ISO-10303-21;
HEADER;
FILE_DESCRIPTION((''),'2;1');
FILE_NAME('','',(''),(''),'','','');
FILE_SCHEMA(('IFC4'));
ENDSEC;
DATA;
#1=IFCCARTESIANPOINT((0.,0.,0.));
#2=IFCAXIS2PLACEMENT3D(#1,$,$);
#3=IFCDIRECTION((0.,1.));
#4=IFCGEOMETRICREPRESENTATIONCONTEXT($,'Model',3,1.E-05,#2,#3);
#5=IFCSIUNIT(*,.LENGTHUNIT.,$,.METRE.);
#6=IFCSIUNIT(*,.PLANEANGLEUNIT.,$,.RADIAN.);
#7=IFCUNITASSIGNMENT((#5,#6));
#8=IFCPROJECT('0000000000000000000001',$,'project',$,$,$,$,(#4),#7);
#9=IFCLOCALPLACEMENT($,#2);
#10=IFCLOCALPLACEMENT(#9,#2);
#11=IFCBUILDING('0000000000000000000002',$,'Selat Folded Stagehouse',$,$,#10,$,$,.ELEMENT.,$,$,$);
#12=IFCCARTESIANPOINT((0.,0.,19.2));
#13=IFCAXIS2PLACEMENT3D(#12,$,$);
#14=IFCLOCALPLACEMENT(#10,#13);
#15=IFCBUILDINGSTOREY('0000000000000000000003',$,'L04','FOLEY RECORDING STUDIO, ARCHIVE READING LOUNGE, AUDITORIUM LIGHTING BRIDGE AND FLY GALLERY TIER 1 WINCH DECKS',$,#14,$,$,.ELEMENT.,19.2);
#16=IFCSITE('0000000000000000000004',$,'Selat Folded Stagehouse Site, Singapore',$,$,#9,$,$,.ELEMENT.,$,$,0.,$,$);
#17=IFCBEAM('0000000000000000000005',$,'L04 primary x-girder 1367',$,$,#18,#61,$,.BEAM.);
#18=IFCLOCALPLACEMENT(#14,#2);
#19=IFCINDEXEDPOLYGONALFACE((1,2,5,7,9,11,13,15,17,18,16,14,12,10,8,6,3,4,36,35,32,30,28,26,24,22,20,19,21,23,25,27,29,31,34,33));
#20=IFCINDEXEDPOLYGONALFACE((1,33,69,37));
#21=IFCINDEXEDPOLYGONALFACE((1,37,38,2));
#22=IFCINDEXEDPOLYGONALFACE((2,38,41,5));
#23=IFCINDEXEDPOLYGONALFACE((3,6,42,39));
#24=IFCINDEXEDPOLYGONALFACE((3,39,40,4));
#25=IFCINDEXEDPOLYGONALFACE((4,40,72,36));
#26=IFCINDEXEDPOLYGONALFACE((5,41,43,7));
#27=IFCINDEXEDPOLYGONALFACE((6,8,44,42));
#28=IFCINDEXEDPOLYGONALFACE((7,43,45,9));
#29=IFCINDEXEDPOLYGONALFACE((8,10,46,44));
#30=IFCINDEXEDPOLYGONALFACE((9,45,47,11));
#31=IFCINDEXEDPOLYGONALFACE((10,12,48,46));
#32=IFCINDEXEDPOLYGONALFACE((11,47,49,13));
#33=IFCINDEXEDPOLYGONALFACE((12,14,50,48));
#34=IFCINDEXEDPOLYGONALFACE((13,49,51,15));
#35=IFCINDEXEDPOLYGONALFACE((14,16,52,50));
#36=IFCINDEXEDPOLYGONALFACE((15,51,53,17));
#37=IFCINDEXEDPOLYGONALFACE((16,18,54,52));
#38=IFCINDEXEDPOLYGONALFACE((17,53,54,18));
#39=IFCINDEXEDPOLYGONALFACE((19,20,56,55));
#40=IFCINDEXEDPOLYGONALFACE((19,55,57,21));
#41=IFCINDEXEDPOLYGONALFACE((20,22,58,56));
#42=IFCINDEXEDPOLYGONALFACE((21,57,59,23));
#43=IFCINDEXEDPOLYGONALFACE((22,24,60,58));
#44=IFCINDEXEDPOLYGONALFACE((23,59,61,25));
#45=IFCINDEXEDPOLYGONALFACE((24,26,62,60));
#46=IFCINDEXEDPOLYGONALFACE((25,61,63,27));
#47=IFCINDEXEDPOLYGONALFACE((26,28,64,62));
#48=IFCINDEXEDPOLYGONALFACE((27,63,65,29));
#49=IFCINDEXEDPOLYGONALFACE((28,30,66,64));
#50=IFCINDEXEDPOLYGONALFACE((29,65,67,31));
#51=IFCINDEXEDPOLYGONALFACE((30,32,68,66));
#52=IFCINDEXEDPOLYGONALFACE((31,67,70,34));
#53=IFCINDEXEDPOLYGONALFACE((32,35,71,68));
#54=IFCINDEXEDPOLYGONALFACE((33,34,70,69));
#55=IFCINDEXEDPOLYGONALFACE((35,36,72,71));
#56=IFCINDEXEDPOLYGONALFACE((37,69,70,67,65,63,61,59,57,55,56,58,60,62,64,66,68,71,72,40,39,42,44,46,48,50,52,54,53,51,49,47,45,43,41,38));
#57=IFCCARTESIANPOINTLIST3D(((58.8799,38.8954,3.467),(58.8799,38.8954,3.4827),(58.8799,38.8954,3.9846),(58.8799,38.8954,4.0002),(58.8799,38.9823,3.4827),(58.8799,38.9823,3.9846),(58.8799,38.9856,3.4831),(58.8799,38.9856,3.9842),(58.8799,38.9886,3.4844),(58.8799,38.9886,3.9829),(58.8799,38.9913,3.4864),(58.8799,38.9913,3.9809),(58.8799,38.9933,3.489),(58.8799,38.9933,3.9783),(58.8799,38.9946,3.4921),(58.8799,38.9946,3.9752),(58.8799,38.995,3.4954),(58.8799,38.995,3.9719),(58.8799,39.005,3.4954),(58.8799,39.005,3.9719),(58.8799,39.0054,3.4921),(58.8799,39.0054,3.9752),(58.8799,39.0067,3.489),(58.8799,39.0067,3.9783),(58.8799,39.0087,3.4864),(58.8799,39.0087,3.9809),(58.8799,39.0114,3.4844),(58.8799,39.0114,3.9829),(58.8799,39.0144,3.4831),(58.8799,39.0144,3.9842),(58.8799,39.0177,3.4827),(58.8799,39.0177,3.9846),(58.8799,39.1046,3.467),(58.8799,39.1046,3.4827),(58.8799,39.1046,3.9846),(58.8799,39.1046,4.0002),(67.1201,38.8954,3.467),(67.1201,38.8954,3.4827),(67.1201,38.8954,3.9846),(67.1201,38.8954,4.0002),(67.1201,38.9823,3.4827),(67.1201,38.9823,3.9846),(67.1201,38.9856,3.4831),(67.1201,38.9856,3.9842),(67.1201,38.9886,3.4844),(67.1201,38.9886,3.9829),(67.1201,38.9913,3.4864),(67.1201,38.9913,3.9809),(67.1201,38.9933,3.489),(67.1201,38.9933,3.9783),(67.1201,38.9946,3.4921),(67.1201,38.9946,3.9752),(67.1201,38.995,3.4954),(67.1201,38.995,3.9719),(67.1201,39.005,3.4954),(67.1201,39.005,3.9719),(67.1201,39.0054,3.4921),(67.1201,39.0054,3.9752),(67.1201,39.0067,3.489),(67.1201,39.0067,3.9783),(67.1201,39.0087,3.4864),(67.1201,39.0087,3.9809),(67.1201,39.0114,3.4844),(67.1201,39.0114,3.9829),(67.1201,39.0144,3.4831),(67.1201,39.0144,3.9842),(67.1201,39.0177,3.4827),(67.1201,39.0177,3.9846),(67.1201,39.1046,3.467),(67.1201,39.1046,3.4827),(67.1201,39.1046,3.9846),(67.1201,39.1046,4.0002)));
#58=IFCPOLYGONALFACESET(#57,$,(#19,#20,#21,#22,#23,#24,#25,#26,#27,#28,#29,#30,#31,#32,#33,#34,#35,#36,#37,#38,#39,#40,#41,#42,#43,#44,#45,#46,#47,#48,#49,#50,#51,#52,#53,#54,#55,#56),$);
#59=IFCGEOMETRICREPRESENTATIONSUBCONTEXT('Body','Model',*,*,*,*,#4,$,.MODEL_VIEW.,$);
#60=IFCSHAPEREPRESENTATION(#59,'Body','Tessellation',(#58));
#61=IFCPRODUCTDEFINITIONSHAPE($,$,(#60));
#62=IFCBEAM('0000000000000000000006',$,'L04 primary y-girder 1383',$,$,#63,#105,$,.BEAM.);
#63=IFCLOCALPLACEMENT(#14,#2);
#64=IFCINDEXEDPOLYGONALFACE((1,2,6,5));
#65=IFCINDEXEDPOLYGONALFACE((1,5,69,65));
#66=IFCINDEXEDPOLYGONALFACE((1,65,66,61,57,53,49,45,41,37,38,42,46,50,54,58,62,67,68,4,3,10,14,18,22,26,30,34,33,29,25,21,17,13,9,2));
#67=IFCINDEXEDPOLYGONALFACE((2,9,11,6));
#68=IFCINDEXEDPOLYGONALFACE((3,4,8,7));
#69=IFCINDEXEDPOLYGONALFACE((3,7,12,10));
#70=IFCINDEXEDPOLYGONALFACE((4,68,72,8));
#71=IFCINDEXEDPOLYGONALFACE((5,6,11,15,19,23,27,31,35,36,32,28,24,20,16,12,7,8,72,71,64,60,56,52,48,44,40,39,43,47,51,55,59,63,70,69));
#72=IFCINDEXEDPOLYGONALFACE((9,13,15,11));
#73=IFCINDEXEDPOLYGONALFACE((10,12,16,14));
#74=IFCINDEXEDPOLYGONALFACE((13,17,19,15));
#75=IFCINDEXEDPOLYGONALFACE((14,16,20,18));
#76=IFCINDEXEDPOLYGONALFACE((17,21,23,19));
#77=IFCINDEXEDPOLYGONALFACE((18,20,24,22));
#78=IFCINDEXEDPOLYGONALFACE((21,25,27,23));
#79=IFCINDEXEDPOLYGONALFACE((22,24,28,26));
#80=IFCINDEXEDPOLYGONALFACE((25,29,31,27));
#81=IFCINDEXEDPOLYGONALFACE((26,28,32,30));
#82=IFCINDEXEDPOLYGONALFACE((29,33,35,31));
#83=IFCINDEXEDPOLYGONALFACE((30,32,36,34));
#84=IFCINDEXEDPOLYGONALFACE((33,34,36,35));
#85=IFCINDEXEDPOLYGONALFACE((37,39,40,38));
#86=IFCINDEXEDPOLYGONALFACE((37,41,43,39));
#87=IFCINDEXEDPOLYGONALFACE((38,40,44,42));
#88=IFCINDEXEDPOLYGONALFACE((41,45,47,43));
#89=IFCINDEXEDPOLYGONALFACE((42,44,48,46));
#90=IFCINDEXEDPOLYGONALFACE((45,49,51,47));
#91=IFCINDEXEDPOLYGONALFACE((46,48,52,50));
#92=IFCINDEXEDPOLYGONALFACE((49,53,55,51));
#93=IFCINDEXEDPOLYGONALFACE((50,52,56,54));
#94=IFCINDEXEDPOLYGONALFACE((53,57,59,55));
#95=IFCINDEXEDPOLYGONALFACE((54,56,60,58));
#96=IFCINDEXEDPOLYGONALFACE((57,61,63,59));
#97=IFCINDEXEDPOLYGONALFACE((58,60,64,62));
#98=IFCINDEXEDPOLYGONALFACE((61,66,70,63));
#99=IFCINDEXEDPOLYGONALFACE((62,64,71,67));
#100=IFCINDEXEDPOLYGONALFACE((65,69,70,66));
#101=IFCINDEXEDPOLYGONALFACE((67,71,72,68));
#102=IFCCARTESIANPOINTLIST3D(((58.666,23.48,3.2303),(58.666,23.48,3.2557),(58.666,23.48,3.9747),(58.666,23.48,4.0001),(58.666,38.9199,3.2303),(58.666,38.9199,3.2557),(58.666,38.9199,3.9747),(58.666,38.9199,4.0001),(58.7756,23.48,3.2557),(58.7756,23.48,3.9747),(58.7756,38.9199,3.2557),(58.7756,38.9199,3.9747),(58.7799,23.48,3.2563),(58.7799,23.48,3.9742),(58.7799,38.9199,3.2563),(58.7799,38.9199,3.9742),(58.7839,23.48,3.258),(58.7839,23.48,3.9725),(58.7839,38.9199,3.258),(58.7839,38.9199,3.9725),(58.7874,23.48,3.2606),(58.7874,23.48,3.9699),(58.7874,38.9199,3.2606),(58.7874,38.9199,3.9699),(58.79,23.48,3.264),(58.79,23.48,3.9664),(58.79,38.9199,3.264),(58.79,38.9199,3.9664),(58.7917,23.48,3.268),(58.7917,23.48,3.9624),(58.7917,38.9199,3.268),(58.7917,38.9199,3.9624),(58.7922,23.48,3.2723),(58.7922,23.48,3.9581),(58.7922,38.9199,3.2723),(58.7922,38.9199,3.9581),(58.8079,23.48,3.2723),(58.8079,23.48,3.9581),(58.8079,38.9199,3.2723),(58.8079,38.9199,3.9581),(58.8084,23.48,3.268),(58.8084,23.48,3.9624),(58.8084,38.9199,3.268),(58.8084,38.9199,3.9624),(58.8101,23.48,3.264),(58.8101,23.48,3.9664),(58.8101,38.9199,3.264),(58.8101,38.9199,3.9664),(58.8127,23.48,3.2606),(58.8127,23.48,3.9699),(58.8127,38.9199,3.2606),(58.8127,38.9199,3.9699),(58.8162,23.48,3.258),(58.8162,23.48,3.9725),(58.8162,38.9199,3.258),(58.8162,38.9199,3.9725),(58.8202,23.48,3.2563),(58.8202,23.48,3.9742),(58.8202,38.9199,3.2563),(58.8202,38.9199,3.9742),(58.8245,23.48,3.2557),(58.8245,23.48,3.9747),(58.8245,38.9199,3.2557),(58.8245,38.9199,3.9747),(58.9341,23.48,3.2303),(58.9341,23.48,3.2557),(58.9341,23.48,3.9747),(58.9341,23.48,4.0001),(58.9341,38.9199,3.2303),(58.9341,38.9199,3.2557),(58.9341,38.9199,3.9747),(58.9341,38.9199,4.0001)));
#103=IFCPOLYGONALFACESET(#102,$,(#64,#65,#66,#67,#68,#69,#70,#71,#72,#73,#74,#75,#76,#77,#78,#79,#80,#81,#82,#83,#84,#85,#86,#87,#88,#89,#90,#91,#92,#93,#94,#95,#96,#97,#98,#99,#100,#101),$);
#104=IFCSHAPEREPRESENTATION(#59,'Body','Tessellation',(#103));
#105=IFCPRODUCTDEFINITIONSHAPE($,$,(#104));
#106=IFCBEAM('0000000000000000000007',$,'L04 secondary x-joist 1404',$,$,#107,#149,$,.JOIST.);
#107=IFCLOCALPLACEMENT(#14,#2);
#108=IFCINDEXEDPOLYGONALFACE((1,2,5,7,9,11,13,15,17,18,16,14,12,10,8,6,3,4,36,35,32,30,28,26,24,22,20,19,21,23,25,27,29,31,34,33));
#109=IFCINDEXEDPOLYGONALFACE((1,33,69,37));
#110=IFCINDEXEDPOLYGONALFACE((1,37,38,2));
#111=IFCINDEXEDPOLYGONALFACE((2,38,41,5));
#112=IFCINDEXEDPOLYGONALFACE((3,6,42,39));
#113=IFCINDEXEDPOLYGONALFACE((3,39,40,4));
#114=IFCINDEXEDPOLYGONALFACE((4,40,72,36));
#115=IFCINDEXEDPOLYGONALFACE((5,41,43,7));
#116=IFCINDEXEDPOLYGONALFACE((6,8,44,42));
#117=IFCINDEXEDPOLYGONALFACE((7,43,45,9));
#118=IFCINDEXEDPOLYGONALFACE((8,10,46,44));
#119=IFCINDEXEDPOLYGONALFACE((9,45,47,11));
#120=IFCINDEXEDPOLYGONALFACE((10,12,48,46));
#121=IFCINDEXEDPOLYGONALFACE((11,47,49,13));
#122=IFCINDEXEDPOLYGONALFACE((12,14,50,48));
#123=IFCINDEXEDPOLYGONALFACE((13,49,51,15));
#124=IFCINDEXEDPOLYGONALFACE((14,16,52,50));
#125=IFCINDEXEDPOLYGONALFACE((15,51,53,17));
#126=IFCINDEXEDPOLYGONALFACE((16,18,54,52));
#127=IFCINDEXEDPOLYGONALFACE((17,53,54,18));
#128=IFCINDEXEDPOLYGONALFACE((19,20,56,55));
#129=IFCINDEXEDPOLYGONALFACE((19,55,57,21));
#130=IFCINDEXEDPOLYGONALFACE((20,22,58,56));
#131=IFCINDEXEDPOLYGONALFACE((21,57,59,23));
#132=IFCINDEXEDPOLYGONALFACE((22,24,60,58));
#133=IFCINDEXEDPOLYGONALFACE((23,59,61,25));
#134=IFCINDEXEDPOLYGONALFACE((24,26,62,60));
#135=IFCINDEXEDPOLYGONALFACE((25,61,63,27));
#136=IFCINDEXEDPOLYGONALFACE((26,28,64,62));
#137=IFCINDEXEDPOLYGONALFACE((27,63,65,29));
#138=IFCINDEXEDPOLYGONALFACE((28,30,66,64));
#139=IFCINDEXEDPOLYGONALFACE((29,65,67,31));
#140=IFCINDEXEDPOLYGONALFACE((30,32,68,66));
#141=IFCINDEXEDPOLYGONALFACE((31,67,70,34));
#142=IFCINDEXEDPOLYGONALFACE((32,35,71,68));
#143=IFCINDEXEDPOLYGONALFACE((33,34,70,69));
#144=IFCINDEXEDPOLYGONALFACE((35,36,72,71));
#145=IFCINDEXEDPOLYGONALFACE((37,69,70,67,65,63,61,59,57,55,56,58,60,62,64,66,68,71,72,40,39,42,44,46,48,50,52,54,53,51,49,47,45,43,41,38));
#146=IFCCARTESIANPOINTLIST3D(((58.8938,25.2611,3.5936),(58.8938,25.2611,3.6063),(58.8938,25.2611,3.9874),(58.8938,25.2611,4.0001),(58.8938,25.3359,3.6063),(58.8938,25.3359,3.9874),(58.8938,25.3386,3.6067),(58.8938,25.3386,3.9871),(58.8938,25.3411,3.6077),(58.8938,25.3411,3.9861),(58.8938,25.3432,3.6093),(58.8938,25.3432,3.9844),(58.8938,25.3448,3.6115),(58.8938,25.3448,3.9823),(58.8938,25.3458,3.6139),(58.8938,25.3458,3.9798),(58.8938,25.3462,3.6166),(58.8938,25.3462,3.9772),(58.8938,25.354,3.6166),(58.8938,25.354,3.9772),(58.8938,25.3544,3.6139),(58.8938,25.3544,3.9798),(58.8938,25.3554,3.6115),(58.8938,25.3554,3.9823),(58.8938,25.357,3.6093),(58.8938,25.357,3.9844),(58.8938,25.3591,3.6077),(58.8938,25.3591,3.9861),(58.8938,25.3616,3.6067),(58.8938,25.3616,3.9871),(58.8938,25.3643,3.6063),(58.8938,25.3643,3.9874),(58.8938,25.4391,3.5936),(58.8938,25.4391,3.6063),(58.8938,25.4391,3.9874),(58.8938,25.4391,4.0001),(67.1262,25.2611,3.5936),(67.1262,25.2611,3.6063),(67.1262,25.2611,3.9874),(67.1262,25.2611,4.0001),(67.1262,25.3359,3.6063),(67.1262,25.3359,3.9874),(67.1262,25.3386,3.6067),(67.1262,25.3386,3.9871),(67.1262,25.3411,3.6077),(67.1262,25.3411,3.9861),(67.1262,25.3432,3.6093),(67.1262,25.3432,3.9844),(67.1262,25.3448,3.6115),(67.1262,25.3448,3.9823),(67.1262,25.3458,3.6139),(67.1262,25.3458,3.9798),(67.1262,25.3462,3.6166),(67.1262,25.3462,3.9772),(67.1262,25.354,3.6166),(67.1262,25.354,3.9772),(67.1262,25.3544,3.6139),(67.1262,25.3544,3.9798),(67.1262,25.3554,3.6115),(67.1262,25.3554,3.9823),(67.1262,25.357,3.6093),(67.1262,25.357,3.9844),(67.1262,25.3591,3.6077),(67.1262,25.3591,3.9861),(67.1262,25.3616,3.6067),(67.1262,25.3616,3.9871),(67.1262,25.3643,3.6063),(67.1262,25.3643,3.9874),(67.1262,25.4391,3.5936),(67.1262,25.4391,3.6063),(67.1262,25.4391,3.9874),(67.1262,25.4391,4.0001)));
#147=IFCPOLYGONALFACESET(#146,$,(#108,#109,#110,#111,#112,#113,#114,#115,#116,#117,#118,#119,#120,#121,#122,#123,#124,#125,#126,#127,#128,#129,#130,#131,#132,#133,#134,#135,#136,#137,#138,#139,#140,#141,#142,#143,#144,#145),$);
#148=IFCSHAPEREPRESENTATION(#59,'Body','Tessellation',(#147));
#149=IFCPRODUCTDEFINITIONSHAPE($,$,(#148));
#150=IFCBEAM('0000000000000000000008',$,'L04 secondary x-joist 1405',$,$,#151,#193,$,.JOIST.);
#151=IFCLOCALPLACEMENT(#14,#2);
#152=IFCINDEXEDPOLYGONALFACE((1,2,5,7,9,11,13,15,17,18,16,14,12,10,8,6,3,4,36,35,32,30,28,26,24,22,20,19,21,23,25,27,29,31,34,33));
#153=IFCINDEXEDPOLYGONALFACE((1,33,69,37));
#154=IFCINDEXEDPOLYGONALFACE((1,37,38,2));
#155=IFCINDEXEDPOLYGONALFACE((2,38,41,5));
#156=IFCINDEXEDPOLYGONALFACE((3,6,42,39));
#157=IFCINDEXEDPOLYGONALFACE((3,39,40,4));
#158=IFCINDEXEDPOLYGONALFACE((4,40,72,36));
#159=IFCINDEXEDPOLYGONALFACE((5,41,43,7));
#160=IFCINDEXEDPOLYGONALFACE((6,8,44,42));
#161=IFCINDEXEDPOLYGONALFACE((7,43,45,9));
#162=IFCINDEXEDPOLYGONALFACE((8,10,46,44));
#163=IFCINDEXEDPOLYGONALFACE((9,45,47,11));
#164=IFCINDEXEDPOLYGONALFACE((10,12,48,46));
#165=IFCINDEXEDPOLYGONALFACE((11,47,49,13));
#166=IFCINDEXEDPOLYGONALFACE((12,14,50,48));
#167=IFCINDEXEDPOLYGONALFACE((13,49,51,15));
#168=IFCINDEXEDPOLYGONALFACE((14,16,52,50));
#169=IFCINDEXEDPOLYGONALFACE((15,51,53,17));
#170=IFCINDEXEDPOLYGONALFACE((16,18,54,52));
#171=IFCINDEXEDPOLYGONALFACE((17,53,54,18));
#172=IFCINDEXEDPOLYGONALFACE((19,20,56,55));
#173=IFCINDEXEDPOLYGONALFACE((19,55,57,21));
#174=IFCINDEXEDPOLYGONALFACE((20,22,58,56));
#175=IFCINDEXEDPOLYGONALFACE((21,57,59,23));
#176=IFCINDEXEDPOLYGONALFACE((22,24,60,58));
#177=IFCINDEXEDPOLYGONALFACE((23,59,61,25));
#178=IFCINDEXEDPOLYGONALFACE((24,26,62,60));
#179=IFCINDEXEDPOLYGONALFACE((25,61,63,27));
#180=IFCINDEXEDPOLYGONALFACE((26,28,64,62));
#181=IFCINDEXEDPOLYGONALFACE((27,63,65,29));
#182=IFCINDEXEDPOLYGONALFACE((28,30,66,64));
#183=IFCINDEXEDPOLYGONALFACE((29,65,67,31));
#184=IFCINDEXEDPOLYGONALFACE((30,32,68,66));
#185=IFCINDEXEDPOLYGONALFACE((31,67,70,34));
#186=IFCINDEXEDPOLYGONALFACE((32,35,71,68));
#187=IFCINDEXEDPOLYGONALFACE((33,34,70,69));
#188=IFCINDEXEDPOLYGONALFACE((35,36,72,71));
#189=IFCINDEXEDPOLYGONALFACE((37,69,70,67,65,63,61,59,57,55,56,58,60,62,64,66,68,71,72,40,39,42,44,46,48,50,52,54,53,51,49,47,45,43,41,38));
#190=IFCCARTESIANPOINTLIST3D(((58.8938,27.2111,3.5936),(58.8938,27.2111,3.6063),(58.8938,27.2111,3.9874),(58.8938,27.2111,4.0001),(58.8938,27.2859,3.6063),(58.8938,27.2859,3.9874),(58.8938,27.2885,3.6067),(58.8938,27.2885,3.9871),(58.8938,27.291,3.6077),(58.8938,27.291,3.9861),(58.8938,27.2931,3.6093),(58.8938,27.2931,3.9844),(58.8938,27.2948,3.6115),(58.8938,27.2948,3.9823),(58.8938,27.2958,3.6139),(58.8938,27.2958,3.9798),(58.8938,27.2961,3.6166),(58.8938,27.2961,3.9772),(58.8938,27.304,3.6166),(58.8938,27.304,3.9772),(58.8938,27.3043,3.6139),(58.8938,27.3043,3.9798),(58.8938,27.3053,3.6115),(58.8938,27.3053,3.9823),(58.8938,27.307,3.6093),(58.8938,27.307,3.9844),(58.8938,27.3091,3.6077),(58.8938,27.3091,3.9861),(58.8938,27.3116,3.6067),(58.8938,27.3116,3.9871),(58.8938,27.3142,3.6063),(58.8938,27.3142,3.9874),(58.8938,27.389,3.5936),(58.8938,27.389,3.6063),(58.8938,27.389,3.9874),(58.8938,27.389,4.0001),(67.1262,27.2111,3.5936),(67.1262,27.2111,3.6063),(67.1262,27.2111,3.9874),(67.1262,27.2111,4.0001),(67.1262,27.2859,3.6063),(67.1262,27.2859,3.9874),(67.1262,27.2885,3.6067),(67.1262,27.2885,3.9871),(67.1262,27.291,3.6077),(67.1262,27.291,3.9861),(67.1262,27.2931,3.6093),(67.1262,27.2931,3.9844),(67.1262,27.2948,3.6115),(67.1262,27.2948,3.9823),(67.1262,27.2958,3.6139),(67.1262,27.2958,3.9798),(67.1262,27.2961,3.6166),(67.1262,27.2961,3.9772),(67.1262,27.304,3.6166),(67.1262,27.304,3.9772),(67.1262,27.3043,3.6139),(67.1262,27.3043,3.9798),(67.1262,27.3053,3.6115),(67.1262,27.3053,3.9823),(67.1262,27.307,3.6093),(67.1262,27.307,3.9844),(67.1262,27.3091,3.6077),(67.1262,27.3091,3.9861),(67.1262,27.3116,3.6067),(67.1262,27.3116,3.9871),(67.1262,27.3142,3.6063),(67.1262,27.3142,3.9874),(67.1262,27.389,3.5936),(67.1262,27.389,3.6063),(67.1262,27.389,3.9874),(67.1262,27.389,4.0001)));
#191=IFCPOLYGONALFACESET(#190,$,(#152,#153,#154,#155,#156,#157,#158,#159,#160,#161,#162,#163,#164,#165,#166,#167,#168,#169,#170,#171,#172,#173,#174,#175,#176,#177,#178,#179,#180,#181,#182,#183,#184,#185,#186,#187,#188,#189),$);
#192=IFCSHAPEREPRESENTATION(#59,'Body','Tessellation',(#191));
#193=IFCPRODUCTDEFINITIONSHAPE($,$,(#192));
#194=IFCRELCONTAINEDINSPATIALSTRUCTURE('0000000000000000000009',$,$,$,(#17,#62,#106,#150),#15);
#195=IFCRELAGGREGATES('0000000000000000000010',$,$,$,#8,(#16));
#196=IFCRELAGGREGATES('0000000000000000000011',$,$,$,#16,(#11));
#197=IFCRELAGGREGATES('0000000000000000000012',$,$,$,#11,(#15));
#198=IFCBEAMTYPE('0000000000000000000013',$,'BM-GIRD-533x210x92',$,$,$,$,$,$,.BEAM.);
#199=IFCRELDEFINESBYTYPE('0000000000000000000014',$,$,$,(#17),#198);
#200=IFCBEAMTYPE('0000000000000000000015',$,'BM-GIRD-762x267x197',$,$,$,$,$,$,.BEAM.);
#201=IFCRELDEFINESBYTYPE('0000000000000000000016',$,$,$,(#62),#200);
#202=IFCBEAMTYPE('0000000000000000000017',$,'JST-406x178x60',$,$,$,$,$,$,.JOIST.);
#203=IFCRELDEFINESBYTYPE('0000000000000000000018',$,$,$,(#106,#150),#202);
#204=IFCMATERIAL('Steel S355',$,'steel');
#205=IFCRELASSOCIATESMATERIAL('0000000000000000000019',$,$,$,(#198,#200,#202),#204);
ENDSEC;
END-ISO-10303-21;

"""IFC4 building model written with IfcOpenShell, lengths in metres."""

from ifc_helpers import new_model, si_unit, direction, frame, origin, origin_2d, place, context, subcontext, project, spatial, i_section, extrude, material, material_profile, profile_set, type_object, element, save


model = new_model("IFC4")

# Units and contexts
model_context = context("Model", 3, precision=1e-05, world=origin(), true_north=direction((0.0, 1.0)))
body_context = subcontext(model_context, "Body", "Model", "MODEL_VIEW")
ifc_project = project(units=[si_unit("LENGTHUNIT", "METRE"), si_unit("PLANEANGLEUNIT", "RADIAN")], contexts=[model_context])

# Site, building, storey
site_placement = place(None, origin())
site = spatial("IfcSite", under=ifc_project, at=site_placement, Name="Selat Folded Stagehouse Site, Singapore", CompositionType="ELEMENT", RefElevation=0.0)
building_placement = place(site_placement, origin())
building = spatial("IfcBuilding", under=site, at=building_placement, Name="Selat Folded Stagehouse", CompositionType="ELEMENT")
storey_placement = place(building_placement, frame((0.0, 0.0, 19.2)))
storey = spatial("IfcBuildingStorey", under=building, at=storey_placement, Name="L04", Description="FOLEY RECORDING STUDIO, ARCHIVE READING LOUNGE, AUDITORIUM LIGHTING BRIDGE AND FLY GALLERY TIER 1 WINCH DECKS", CompositionType="ELEMENT", Elevation=19.2)

# Shared definitions
ifc_material_1 = material(Name="Steel S355", Category="steel")

# Beams
ifc_material_profile_1 = material_profile(ifc_material_1, i_section(OverallWidth=0.2092, OverallDepth=0.5332, WebThickness=0.01, FlangeThickness=0.0156, FilletRadius=0.0127, at=origin_2d()), Name="UKB 533x210x92")
ifc_profile_set_1 = profile_set([ifc_material_profile_1], Name="Steel S355")
beam_type_1 = type_object("IfcBeamType", Name="BM-GIRD-533x210x92", PredefinedType="BEAM", material=ifc_profile_set_1)
for number, where, z_axis, x_axis, name in (
    (1, (58.8799, 39.0, 3.7336), (1.0, 0.0, 0.0), (0.0, 1.0, 0.0), "L04 primary x-girder 1367"),
):
    element("IfcBeam", number, at=place(storey_placement, frame(where, z_axis=z_axis, x_axis=x_axis)), inside=storey, type_object=beam_type_1, Name=name, PredefinedType="BEAM", context=body_context, shape_type="SweptSolid", body=[
        extrude(i_section(OverallWidth=0.2092, OverallDepth=0.5332, WebThickness=0.01, FlangeThickness=0.0156, FilletRadius=0.0127, at=origin_2d()), origin(), (0.0, 0.0, 1.0), 8.2402),
    ])
ifc_material_profile_2 = material_profile(ifc_material_1, i_section(OverallWidth=0.2681, OverallDepth=0.7698, WebThickness=0.0156, FlangeThickness=0.0254, FilletRadius=0.0166, at=origin_2d()), Name="UKB 762x267x197")
ifc_profile_set_2 = profile_set([ifc_material_profile_2], Name="Steel S355")
beam_type_2 = type_object("IfcBeamType", Name="BM-GIRD-762x267x197", PredefinedType="BEAM", material=ifc_profile_set_2)
beam_1_placement = place(storey_placement, frame((58.8, 23.48, 3.6152), z_axis=(0.0, 1.0, 0.0), x_axis=(-1.0, 0.0, 0.0)))
element("IfcBeam", 2, at=beam_1_placement, inside=storey, type_object=beam_type_2, Name="L04 primary y-girder 1383", PredefinedType="BEAM", context=body_context, shape_type="SweptSolid", body=[
    extrude(i_section(OverallWidth=0.2681, OverallDepth=0.7698, WebThickness=0.0156, FlangeThickness=0.0254, FilletRadius=0.0166, at=origin_2d()), origin(), (0.0, 0.0, 1.0), 15.4399),
])
ifc_material_profile_3 = material_profile(ifc_material_1, i_section(OverallWidth=0.178, OverallDepth=0.4065, WebThickness=0.0078, FlangeThickness=0.0127, FilletRadius=0.0103, at=origin_2d()), Name="UKB 406x178x60")
ifc_profile_set_3 = profile_set([ifc_material_profile_3], Name="Steel S355")
beam_type_3 = type_object("IfcBeamType", Name="JST-406x178x60", PredefinedType="JOIST", material=ifc_profile_set_3)
for number, where, z_axis, x_axis, name in (
    (3, (58.8938, 25.3501, 3.7969), (1.0, 0.0, 0.0), (0.0, 1.0, 0.0), "L04 secondary x-joist 1404"),
    (4, (58.8938, 27.3, 3.7969), (1.0, 0.0, 0.0), (0.0, 1.0, 0.0), "L04 secondary x-joist 1405"),
):
    element("IfcBeam", number, at=place(storey_placement, frame(where, z_axis=z_axis, x_axis=x_axis)), inside=storey, type_object=beam_type_3, Name=name, PredefinedType="JOIST", context=body_context, shape_type="SweptSolid", body=[
        extrude(i_section(OverallWidth=0.178, OverallDepth=0.4065, WebThickness=0.0078, FlangeThickness=0.0127, FilletRadius=0.0103, at=origin_2d()), origin(), (0.0, 0.0, 1.0), 8.2324),
    ])

save(model, "model.ifc")
